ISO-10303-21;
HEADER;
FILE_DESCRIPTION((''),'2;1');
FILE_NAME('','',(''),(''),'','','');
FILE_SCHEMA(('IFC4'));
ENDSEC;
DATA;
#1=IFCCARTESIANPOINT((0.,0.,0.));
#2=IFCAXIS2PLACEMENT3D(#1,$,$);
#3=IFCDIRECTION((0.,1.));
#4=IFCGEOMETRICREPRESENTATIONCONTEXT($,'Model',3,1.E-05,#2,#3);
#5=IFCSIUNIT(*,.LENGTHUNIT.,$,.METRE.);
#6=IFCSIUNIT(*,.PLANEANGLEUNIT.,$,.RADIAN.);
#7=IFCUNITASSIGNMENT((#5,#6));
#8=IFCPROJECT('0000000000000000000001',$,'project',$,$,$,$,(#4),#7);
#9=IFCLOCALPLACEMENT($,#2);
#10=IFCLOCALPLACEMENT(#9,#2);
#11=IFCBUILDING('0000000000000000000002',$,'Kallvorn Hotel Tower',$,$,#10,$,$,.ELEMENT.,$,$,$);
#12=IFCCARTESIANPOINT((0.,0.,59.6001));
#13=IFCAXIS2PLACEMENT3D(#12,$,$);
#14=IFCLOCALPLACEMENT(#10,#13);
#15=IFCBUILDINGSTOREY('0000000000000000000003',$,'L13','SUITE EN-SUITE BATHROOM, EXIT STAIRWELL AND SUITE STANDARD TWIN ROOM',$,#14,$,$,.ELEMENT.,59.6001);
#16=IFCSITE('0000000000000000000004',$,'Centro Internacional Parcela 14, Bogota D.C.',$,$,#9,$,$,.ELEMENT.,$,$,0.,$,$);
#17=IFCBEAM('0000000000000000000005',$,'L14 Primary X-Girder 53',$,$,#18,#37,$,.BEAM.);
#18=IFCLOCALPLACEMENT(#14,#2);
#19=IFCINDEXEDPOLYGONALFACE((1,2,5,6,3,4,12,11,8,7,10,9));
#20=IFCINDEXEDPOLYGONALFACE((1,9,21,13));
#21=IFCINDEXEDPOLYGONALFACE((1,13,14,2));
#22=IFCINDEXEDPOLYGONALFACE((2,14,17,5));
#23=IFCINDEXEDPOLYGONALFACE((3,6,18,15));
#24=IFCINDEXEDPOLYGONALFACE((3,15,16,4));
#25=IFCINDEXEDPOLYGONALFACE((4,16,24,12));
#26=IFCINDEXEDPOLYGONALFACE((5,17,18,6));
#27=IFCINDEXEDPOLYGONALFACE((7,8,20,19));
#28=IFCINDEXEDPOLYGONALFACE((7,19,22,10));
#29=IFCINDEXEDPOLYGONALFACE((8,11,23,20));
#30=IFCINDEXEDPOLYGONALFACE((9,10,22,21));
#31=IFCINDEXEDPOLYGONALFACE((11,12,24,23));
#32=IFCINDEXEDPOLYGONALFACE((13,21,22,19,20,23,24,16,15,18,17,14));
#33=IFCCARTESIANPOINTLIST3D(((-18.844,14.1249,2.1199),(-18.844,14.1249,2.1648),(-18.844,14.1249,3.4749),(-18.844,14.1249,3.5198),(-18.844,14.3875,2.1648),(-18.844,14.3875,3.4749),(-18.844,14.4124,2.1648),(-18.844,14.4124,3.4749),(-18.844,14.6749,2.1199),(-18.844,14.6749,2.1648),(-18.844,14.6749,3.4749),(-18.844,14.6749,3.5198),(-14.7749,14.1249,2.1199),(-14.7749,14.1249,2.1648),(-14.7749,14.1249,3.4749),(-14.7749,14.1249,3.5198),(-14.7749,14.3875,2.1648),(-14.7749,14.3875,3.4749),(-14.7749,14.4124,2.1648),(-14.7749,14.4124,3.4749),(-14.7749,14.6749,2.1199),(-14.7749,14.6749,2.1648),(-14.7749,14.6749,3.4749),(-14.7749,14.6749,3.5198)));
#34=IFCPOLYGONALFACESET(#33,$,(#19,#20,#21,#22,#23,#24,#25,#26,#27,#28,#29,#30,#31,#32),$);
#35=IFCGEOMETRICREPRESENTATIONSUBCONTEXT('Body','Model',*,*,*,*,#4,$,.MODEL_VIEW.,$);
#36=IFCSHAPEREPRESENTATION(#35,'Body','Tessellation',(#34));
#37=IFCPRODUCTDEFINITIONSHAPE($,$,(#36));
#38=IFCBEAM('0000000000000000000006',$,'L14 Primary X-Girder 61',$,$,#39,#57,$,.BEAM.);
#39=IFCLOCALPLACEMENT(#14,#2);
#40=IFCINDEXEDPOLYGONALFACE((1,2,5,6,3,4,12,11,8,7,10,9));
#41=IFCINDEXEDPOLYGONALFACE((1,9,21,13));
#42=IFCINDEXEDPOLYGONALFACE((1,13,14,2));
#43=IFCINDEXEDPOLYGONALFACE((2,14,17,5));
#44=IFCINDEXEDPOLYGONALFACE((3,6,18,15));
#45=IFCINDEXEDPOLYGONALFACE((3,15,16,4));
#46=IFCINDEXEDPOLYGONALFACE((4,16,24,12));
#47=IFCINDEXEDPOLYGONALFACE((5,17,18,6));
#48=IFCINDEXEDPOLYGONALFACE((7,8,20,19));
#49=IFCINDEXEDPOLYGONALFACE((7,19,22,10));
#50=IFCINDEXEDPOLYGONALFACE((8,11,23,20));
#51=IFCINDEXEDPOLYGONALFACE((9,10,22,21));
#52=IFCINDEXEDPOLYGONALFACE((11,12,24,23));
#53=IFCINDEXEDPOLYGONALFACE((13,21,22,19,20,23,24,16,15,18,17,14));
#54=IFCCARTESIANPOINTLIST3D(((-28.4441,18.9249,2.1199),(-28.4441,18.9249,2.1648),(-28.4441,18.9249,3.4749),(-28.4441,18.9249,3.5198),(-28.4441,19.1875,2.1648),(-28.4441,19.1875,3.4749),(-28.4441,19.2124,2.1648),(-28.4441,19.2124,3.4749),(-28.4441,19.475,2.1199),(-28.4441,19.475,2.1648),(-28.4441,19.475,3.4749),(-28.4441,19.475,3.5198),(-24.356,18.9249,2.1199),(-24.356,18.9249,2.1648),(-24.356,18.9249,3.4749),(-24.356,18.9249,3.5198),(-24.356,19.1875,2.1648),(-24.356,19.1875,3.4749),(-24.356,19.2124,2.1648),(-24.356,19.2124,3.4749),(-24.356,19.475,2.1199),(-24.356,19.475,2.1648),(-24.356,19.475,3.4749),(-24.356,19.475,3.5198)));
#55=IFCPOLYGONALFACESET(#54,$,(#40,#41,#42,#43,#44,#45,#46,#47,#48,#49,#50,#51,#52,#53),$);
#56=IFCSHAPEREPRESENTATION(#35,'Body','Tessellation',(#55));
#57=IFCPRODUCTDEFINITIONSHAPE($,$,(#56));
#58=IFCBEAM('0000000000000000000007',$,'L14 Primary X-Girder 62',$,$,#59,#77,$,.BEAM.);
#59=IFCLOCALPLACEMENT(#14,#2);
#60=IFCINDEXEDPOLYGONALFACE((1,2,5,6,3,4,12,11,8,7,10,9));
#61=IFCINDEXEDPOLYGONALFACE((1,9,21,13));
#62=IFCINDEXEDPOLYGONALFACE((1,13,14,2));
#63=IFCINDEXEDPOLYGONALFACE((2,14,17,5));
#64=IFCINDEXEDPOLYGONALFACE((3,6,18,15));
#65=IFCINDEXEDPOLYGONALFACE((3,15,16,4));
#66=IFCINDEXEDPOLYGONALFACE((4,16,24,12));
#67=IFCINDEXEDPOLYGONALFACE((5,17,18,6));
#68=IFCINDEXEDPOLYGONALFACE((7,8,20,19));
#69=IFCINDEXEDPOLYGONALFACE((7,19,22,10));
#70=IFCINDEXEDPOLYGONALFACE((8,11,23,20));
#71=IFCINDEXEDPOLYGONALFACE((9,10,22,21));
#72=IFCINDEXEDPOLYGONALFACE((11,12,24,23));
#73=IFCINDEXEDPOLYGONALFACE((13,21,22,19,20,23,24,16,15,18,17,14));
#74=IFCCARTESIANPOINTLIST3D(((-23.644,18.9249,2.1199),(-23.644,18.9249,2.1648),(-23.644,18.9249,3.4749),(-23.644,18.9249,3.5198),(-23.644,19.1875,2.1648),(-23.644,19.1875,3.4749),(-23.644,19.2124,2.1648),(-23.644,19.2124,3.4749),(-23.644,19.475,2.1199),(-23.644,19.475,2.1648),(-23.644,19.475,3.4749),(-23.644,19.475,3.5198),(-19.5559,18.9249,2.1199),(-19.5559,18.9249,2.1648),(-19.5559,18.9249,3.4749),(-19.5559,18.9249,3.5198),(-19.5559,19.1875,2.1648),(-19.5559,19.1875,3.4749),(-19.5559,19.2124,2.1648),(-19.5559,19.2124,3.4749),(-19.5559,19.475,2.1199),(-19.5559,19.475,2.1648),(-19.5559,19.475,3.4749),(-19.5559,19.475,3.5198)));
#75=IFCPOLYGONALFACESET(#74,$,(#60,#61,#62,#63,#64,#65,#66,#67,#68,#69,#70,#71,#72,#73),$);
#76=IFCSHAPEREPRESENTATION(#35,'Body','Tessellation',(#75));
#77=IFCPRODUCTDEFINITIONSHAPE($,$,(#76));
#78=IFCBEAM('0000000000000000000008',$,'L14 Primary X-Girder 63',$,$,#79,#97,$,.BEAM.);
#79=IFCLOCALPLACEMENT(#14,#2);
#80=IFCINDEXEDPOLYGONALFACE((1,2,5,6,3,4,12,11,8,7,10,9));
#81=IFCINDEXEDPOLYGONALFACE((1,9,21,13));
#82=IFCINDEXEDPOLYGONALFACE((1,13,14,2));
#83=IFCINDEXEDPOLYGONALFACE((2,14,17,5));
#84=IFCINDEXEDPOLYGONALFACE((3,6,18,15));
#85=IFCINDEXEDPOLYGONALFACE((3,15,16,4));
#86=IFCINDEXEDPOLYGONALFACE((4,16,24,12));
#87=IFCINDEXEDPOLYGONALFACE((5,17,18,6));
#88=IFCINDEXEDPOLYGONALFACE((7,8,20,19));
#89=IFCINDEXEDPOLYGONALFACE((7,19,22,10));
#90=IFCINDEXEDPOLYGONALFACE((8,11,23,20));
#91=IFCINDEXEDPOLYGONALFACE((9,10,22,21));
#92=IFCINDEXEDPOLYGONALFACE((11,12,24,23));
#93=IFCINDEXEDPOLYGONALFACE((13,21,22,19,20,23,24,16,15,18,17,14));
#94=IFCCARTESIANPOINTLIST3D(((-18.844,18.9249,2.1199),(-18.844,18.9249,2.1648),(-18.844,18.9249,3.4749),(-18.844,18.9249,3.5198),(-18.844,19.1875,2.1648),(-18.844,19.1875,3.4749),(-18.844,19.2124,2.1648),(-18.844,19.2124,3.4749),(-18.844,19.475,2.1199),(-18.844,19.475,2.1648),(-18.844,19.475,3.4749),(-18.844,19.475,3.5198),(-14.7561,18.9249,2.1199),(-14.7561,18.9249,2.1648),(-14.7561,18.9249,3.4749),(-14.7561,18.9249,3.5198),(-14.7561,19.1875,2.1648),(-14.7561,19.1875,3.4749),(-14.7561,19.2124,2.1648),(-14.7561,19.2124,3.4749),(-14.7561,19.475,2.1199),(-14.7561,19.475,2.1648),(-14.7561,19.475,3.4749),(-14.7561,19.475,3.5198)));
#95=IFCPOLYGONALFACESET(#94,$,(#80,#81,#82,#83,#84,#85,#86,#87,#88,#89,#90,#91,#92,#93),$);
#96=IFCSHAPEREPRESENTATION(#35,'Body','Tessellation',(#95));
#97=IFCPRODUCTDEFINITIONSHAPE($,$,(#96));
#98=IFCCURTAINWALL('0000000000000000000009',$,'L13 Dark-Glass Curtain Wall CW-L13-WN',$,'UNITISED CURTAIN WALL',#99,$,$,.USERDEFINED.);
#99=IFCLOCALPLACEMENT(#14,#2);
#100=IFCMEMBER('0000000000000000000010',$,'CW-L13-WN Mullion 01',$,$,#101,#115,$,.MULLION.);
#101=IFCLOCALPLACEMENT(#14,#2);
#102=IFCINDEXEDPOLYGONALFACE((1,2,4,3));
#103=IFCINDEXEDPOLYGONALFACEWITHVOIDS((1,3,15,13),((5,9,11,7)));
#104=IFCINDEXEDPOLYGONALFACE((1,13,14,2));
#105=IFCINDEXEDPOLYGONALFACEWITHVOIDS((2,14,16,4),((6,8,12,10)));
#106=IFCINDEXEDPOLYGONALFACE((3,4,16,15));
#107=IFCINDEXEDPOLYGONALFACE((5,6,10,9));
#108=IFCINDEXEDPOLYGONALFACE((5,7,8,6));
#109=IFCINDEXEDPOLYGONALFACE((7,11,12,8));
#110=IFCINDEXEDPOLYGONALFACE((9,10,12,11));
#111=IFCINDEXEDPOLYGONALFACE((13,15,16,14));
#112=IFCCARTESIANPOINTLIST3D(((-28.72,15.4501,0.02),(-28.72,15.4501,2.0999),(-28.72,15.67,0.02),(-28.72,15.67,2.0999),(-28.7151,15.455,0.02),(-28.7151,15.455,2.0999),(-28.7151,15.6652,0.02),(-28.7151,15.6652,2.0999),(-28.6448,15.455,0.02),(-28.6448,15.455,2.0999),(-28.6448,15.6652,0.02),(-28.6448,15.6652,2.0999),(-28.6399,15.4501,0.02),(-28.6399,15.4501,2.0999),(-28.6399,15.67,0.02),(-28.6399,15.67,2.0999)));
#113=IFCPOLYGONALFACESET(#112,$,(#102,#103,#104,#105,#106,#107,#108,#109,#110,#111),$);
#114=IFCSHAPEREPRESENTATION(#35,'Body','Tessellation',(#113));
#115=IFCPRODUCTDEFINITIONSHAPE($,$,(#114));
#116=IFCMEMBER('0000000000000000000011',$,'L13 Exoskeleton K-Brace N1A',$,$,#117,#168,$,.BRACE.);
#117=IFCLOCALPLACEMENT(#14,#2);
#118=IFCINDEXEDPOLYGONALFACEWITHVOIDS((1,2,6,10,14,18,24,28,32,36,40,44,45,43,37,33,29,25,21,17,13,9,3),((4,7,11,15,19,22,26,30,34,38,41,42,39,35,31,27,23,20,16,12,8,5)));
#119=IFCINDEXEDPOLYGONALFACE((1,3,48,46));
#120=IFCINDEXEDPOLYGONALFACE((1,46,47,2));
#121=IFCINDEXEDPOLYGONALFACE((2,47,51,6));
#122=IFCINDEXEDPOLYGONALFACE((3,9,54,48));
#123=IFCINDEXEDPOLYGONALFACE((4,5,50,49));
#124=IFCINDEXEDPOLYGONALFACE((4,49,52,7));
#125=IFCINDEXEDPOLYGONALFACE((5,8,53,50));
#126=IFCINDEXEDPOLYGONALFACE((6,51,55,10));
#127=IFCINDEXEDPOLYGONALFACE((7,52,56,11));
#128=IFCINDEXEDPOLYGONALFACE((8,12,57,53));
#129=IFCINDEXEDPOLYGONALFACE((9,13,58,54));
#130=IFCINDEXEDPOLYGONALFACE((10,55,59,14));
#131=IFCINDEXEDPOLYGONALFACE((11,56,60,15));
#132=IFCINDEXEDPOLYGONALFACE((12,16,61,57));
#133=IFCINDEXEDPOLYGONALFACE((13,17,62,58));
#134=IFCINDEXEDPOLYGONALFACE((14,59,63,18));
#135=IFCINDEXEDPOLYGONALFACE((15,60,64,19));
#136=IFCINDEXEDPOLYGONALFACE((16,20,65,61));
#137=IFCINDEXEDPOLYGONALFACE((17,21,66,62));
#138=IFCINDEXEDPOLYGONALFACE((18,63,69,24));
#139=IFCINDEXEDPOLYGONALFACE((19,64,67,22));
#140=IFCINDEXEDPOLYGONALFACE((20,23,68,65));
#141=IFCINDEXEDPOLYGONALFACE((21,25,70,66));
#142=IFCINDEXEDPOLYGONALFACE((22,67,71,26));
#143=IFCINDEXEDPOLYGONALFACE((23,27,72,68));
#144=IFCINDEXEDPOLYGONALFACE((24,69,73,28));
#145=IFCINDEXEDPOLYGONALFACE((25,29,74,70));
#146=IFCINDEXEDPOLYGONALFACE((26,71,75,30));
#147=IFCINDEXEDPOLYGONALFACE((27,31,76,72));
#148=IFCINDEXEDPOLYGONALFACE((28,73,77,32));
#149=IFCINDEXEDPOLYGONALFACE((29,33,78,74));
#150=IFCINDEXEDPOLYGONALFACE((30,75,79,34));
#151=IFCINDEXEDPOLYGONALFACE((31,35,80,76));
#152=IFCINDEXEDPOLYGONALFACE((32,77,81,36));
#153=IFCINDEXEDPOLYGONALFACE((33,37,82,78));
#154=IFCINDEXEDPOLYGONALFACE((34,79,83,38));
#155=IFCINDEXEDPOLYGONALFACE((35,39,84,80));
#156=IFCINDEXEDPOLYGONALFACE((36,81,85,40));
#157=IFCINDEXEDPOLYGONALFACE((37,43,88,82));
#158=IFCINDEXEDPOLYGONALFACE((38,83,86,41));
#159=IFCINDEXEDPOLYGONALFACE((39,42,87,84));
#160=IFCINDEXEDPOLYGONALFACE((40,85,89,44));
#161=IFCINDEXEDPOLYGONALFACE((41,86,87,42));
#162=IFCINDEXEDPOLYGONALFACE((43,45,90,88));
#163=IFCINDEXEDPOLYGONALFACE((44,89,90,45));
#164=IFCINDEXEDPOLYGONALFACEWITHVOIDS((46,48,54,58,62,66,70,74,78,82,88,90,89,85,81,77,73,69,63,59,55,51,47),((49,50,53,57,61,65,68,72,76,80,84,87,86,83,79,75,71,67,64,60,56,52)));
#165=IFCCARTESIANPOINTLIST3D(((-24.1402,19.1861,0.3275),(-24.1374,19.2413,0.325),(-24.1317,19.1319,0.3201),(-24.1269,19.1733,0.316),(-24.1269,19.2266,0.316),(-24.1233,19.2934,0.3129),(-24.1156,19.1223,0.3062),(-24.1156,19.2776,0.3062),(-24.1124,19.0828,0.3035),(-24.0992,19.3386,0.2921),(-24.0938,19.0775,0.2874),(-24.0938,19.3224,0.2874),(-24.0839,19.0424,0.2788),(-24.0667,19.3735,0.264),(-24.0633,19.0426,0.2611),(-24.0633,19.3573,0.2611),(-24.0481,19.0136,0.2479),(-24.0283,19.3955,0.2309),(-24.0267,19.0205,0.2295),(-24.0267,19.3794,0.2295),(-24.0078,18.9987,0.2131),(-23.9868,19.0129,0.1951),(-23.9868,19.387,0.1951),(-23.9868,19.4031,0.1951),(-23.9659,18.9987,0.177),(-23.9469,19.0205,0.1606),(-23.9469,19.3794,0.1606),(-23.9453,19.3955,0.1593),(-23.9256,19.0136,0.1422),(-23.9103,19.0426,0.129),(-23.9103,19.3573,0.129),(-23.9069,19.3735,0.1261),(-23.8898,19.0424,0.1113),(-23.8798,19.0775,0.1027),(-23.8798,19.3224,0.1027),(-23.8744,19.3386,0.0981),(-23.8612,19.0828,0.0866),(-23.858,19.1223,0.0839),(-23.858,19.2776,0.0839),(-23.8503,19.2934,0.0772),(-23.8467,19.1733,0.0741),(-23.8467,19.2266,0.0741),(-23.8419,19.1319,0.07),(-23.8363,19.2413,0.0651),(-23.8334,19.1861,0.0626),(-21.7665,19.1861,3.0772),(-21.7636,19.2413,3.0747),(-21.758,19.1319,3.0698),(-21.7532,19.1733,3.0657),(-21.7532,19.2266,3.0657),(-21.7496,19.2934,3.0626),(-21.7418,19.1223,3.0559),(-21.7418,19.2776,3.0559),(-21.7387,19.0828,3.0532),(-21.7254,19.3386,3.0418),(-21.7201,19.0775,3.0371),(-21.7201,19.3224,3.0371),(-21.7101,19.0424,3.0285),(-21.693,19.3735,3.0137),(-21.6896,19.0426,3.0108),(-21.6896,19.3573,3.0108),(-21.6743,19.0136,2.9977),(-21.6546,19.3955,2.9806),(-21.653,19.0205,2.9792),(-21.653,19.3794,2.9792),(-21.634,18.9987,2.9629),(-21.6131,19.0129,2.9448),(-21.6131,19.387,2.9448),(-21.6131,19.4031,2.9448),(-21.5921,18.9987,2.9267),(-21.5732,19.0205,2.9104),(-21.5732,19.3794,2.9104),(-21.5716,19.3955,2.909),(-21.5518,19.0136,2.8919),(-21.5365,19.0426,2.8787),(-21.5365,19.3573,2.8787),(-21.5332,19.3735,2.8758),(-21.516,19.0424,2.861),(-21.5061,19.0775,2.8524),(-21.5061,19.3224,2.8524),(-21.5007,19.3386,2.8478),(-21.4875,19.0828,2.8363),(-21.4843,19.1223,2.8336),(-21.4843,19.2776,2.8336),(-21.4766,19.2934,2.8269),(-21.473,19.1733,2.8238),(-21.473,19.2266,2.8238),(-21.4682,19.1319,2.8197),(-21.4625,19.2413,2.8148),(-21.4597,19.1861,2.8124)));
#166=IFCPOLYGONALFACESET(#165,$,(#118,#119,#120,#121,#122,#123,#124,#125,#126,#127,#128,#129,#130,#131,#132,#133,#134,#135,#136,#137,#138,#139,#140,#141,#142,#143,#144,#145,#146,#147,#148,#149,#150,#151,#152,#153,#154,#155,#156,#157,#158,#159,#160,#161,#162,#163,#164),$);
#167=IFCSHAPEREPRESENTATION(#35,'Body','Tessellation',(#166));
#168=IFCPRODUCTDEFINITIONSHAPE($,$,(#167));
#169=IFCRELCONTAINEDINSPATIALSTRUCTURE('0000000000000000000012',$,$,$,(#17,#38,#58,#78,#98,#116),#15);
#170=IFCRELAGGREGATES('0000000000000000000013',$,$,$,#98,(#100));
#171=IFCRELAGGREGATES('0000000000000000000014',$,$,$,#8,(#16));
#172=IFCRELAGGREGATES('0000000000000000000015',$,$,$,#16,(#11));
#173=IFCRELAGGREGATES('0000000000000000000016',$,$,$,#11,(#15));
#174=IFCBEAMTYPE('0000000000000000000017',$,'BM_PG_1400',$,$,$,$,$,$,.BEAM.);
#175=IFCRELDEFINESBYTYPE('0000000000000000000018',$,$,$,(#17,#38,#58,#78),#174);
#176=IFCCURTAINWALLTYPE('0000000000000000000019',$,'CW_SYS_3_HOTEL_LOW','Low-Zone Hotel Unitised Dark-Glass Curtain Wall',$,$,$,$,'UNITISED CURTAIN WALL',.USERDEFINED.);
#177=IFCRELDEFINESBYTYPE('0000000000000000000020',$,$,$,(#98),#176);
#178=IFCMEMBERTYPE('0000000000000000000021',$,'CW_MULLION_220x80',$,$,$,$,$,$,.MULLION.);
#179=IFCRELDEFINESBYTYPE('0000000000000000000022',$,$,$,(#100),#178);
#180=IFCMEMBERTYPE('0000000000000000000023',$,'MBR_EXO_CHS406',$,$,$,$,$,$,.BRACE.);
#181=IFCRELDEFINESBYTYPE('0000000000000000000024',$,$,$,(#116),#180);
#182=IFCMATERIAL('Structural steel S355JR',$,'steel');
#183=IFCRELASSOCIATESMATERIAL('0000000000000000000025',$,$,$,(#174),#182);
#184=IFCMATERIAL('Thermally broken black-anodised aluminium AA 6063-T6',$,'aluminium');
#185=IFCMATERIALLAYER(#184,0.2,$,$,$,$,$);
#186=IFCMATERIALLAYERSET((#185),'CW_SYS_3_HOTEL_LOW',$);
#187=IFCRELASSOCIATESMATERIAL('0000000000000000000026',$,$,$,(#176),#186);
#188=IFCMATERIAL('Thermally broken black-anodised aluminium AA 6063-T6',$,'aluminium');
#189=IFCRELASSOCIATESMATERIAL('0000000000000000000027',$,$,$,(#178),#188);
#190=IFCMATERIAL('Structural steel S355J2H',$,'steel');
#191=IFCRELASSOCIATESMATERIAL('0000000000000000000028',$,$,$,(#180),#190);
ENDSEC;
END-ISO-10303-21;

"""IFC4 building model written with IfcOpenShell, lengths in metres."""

from ifc_helpers import new_model, si_unit, direction, frame, origin, origin_2d, place, context, subcontext, project, spatial, hollow_rectangle, hollow_circle, i_section, extrude, material, layer, layer_set, material_profile, profile_set, type_object, element, aggregate, save


model = new_model("IFC4")

# Units and contexts
model_context = context("Model", 3, precision=1e-05, world=origin(), true_north=direction((0.0, 1.0)))
body_context = subcontext(model_context, "Body", "Model", "MODEL_VIEW")
ifc_project = project(units=[si_unit("LENGTHUNIT", "METRE"), si_unit("PLANEANGLEUNIT", "RADIAN")], contexts=[model_context])

# Site, building, storey
site_placement = place(None, origin())
site = spatial("IfcSite", under=ifc_project, at=site_placement, Name="Centro Internacional Parcela 14, Bogota D.C.", CompositionType="ELEMENT", RefElevation=0.0)
building_placement = place(site_placement, origin())
building = spatial("IfcBuilding", under=site, at=building_placement, Name="Kallvorn Hotel Tower", CompositionType="ELEMENT")
storey_placement = place(building_placement, frame((0.0, 0.0, 59.6001)))
storey = spatial("IfcBuildingStorey", under=building, at=storey_placement, Name="L13", Description="SUITE EN-SUITE BATHROOM, EXIT STAIRWELL AND SUITE STANDARD TWIN ROOM", CompositionType="ELEMENT", Elevation=59.6001)

# Beams
ifc_material_1 = material(Name="Structural steel S355JR", Category="steel")
ifc_material_profile_1 = material_profile(ifc_material_1, i_section(OverallWidth=0.55, OverallDepth=1.3999, WebThickness=0.0249, FlangeThickness=0.0449, at=origin_2d()), Name="PG 1400x550x25x45")
ifc_profile_set_1 = profile_set([ifc_material_profile_1], Name="Structural steel S355JR")
beam_type_1 = type_object("IfcBeamType", Name="BM_PG_1400", PredefinedType="BEAM", material=ifc_profile_set_1)
for number, where, z_axis, x_axis, name in (
    (1, (-18.844, 14.3999, 2.8198), (1.0, 0.0, 0.0), (0.0, 1.0, 0.0), "L14 Primary X-Girder 53"),
):
    element("IfcBeam", number, at=place(storey_placement, frame(where, z_axis=z_axis, x_axis=x_axis)), inside=storey, type_object=beam_type_1, Name=name, PredefinedType="BEAM", context=body_context, shape_type="SweptSolid", body=[
        extrude(i_section(OverallWidth=0.55, OverallDepth=1.3999, WebThickness=0.0249, FlangeThickness=0.0449, at=origin_2d()), origin(), (0.0, 0.0, 1.0), 4.0691),
    ])
for number, where, z_axis, x_axis, name in (
    (2, (-28.4441, 19.2, 2.8198), (1.0, 0.0, 0.0), (0.0, 1.0, 0.0), "L14 Primary X-Girder 61"),
    (3, (-23.644, 19.2, 2.8198), (1.0, 0.0, 0.0), (0.0, 1.0, 0.0), "L14 Primary X-Girder 62"),
):
    element("IfcBeam", number, at=place(storey_placement, frame(where, z_axis=z_axis, x_axis=x_axis)), inside=storey, type_object=beam_type_1, Name=name, PredefinedType="BEAM", context=body_context, shape_type="SweptSolid", body=[
        extrude(i_section(OverallWidth=0.55, OverallDepth=1.3999, WebThickness=0.0249, FlangeThickness=0.0449, at=origin_2d()), origin(), (0.0, 0.0, 1.0), 4.0881),
    ])
beam_1_placement = place(storey_placement, frame((-18.844, 19.2, 2.8198), z_axis=(1.0, 0.0, 0.0), x_axis=(0.0, 1.0, 0.0)))
element("IfcBeam", 4, at=beam_1_placement, inside=storey, type_object=beam_type_1, Name="L14 Primary X-Girder 63", PredefinedType="BEAM", context=body_context, shape_type="SweptSolid", body=[
    extrude(i_section(OverallWidth=0.55, OverallDepth=1.3999, WebThickness=0.0249, FlangeThickness=0.0449, at=origin_2d()), origin(), (0.0, 0.0, 1.0), 4.0879),
])

# Curtain wall, member
ifc_material_2 = material(Name="Thermally broken black-anodised aluminium AA 6063-T6", Category="aluminium")
ifc_layer_1 = layer(ifc_material_2, 0.2)
ifc_layer_set_1 = layer_set([ifc_layer_1], Name="CW_SYS_3_HOTEL_LOW")
curtain_wall_type = type_object("IfcCurtainWallType", Name="CW_SYS_3_HOTEL_LOW", Description="Low-Zone Hotel Unitised Dark-Glass Curtain Wall", ElementType="UNITISED CURTAIN WALL", PredefinedType="USERDEFINED", material=ifc_layer_set_1)
curtain_wall_placement = place(storey_placement, origin())
curtain_wall = element("IfcCurtainWall", 5, at=curtain_wall_placement, inside=storey, type_object=curtain_wall_type, Name="L13 Dark-Glass Curtain Wall CW-L13-WN", ObjectType="UNITISED CURTAIN WALL", PredefinedType="USERDEFINED")
ifc_material_3 = material(Name="Thermally broken black-anodised aluminium AA 6063-T6", Category="aluminium")
ifc_material_profile_2 = material_profile(ifc_material_3, hollow_rectangle(XDim=0.0801, YDim=0.22, WallThickness=0.0049, at=origin_2d()), Name="MUL 220x80")
ifc_profile_set_2 = profile_set([ifc_material_profile_2], Name="Thermally broken black-anodised aluminium AA 6063-T6")
member_type_1 = type_object("IfcMemberType", Name="CW_MULLION_220x80", PredefinedType="MULLION", material=ifc_profile_set_2)
member_placement = place(storey_placement, frame((-28.6799, 15.5601, 0.02), z_axis=(0.0, 0.0, 1.0), x_axis=(1.0, 0.0, 0.0)))
member = element("IfcMember", 6, at=member_placement, type_object=member_type_1, Name="CW-L13-WN Mullion 01", PredefinedType="MULLION", context=body_context, shape_type="SweptSolid", body=[
    extrude(hollow_rectangle(XDim=0.0801, YDim=0.22, WallThickness=0.0049, at=origin_2d()), origin(), (0.0, 0.0, 1.0), 2.0798),
])
aggregate(curtain_wall, [member])

# Member
ifc_material_4 = material(Name="Structural steel S355J2H", Category="steel")
ifc_material_profile_3 = material_profile(ifc_material_4, hollow_circle(Radius=0.2031, WallThickness=0.0161, at=origin_2d()), Name="CHS 406.4x16")
ifc_profile_set_3 = profile_set([ifc_material_profile_3], Name="Structural steel S355J2H")
member_type_2 = type_object("IfcMemberType", Name="MBR_EXO_CHS406", PredefinedType="BRACE", material=ifc_profile_set_3)
for number, where, z_axis, x_axis, name in (
    (7, (-23.9868, 19.2, 0.1951), (0.653461, 0.0, 0.756961), (0.0, 1.0, 0.0), "L13 Exoskeleton K-Brace N1A"),
):
    element("IfcMember", number, at=place(storey_placement, frame(where, z_axis=z_axis, x_axis=x_axis)), inside=storey, type_object=member_type_2, Name=name, PredefinedType="BRACE", context=body_context, shape_type="SweptSolid", body=[
        extrude(hollow_circle(Radius=0.2031, WallThickness=0.0161, at=origin_2d()), origin(), (0.0, 0.0, 1.0), 3.6326),
    ])

save(model, "model.ifc")
